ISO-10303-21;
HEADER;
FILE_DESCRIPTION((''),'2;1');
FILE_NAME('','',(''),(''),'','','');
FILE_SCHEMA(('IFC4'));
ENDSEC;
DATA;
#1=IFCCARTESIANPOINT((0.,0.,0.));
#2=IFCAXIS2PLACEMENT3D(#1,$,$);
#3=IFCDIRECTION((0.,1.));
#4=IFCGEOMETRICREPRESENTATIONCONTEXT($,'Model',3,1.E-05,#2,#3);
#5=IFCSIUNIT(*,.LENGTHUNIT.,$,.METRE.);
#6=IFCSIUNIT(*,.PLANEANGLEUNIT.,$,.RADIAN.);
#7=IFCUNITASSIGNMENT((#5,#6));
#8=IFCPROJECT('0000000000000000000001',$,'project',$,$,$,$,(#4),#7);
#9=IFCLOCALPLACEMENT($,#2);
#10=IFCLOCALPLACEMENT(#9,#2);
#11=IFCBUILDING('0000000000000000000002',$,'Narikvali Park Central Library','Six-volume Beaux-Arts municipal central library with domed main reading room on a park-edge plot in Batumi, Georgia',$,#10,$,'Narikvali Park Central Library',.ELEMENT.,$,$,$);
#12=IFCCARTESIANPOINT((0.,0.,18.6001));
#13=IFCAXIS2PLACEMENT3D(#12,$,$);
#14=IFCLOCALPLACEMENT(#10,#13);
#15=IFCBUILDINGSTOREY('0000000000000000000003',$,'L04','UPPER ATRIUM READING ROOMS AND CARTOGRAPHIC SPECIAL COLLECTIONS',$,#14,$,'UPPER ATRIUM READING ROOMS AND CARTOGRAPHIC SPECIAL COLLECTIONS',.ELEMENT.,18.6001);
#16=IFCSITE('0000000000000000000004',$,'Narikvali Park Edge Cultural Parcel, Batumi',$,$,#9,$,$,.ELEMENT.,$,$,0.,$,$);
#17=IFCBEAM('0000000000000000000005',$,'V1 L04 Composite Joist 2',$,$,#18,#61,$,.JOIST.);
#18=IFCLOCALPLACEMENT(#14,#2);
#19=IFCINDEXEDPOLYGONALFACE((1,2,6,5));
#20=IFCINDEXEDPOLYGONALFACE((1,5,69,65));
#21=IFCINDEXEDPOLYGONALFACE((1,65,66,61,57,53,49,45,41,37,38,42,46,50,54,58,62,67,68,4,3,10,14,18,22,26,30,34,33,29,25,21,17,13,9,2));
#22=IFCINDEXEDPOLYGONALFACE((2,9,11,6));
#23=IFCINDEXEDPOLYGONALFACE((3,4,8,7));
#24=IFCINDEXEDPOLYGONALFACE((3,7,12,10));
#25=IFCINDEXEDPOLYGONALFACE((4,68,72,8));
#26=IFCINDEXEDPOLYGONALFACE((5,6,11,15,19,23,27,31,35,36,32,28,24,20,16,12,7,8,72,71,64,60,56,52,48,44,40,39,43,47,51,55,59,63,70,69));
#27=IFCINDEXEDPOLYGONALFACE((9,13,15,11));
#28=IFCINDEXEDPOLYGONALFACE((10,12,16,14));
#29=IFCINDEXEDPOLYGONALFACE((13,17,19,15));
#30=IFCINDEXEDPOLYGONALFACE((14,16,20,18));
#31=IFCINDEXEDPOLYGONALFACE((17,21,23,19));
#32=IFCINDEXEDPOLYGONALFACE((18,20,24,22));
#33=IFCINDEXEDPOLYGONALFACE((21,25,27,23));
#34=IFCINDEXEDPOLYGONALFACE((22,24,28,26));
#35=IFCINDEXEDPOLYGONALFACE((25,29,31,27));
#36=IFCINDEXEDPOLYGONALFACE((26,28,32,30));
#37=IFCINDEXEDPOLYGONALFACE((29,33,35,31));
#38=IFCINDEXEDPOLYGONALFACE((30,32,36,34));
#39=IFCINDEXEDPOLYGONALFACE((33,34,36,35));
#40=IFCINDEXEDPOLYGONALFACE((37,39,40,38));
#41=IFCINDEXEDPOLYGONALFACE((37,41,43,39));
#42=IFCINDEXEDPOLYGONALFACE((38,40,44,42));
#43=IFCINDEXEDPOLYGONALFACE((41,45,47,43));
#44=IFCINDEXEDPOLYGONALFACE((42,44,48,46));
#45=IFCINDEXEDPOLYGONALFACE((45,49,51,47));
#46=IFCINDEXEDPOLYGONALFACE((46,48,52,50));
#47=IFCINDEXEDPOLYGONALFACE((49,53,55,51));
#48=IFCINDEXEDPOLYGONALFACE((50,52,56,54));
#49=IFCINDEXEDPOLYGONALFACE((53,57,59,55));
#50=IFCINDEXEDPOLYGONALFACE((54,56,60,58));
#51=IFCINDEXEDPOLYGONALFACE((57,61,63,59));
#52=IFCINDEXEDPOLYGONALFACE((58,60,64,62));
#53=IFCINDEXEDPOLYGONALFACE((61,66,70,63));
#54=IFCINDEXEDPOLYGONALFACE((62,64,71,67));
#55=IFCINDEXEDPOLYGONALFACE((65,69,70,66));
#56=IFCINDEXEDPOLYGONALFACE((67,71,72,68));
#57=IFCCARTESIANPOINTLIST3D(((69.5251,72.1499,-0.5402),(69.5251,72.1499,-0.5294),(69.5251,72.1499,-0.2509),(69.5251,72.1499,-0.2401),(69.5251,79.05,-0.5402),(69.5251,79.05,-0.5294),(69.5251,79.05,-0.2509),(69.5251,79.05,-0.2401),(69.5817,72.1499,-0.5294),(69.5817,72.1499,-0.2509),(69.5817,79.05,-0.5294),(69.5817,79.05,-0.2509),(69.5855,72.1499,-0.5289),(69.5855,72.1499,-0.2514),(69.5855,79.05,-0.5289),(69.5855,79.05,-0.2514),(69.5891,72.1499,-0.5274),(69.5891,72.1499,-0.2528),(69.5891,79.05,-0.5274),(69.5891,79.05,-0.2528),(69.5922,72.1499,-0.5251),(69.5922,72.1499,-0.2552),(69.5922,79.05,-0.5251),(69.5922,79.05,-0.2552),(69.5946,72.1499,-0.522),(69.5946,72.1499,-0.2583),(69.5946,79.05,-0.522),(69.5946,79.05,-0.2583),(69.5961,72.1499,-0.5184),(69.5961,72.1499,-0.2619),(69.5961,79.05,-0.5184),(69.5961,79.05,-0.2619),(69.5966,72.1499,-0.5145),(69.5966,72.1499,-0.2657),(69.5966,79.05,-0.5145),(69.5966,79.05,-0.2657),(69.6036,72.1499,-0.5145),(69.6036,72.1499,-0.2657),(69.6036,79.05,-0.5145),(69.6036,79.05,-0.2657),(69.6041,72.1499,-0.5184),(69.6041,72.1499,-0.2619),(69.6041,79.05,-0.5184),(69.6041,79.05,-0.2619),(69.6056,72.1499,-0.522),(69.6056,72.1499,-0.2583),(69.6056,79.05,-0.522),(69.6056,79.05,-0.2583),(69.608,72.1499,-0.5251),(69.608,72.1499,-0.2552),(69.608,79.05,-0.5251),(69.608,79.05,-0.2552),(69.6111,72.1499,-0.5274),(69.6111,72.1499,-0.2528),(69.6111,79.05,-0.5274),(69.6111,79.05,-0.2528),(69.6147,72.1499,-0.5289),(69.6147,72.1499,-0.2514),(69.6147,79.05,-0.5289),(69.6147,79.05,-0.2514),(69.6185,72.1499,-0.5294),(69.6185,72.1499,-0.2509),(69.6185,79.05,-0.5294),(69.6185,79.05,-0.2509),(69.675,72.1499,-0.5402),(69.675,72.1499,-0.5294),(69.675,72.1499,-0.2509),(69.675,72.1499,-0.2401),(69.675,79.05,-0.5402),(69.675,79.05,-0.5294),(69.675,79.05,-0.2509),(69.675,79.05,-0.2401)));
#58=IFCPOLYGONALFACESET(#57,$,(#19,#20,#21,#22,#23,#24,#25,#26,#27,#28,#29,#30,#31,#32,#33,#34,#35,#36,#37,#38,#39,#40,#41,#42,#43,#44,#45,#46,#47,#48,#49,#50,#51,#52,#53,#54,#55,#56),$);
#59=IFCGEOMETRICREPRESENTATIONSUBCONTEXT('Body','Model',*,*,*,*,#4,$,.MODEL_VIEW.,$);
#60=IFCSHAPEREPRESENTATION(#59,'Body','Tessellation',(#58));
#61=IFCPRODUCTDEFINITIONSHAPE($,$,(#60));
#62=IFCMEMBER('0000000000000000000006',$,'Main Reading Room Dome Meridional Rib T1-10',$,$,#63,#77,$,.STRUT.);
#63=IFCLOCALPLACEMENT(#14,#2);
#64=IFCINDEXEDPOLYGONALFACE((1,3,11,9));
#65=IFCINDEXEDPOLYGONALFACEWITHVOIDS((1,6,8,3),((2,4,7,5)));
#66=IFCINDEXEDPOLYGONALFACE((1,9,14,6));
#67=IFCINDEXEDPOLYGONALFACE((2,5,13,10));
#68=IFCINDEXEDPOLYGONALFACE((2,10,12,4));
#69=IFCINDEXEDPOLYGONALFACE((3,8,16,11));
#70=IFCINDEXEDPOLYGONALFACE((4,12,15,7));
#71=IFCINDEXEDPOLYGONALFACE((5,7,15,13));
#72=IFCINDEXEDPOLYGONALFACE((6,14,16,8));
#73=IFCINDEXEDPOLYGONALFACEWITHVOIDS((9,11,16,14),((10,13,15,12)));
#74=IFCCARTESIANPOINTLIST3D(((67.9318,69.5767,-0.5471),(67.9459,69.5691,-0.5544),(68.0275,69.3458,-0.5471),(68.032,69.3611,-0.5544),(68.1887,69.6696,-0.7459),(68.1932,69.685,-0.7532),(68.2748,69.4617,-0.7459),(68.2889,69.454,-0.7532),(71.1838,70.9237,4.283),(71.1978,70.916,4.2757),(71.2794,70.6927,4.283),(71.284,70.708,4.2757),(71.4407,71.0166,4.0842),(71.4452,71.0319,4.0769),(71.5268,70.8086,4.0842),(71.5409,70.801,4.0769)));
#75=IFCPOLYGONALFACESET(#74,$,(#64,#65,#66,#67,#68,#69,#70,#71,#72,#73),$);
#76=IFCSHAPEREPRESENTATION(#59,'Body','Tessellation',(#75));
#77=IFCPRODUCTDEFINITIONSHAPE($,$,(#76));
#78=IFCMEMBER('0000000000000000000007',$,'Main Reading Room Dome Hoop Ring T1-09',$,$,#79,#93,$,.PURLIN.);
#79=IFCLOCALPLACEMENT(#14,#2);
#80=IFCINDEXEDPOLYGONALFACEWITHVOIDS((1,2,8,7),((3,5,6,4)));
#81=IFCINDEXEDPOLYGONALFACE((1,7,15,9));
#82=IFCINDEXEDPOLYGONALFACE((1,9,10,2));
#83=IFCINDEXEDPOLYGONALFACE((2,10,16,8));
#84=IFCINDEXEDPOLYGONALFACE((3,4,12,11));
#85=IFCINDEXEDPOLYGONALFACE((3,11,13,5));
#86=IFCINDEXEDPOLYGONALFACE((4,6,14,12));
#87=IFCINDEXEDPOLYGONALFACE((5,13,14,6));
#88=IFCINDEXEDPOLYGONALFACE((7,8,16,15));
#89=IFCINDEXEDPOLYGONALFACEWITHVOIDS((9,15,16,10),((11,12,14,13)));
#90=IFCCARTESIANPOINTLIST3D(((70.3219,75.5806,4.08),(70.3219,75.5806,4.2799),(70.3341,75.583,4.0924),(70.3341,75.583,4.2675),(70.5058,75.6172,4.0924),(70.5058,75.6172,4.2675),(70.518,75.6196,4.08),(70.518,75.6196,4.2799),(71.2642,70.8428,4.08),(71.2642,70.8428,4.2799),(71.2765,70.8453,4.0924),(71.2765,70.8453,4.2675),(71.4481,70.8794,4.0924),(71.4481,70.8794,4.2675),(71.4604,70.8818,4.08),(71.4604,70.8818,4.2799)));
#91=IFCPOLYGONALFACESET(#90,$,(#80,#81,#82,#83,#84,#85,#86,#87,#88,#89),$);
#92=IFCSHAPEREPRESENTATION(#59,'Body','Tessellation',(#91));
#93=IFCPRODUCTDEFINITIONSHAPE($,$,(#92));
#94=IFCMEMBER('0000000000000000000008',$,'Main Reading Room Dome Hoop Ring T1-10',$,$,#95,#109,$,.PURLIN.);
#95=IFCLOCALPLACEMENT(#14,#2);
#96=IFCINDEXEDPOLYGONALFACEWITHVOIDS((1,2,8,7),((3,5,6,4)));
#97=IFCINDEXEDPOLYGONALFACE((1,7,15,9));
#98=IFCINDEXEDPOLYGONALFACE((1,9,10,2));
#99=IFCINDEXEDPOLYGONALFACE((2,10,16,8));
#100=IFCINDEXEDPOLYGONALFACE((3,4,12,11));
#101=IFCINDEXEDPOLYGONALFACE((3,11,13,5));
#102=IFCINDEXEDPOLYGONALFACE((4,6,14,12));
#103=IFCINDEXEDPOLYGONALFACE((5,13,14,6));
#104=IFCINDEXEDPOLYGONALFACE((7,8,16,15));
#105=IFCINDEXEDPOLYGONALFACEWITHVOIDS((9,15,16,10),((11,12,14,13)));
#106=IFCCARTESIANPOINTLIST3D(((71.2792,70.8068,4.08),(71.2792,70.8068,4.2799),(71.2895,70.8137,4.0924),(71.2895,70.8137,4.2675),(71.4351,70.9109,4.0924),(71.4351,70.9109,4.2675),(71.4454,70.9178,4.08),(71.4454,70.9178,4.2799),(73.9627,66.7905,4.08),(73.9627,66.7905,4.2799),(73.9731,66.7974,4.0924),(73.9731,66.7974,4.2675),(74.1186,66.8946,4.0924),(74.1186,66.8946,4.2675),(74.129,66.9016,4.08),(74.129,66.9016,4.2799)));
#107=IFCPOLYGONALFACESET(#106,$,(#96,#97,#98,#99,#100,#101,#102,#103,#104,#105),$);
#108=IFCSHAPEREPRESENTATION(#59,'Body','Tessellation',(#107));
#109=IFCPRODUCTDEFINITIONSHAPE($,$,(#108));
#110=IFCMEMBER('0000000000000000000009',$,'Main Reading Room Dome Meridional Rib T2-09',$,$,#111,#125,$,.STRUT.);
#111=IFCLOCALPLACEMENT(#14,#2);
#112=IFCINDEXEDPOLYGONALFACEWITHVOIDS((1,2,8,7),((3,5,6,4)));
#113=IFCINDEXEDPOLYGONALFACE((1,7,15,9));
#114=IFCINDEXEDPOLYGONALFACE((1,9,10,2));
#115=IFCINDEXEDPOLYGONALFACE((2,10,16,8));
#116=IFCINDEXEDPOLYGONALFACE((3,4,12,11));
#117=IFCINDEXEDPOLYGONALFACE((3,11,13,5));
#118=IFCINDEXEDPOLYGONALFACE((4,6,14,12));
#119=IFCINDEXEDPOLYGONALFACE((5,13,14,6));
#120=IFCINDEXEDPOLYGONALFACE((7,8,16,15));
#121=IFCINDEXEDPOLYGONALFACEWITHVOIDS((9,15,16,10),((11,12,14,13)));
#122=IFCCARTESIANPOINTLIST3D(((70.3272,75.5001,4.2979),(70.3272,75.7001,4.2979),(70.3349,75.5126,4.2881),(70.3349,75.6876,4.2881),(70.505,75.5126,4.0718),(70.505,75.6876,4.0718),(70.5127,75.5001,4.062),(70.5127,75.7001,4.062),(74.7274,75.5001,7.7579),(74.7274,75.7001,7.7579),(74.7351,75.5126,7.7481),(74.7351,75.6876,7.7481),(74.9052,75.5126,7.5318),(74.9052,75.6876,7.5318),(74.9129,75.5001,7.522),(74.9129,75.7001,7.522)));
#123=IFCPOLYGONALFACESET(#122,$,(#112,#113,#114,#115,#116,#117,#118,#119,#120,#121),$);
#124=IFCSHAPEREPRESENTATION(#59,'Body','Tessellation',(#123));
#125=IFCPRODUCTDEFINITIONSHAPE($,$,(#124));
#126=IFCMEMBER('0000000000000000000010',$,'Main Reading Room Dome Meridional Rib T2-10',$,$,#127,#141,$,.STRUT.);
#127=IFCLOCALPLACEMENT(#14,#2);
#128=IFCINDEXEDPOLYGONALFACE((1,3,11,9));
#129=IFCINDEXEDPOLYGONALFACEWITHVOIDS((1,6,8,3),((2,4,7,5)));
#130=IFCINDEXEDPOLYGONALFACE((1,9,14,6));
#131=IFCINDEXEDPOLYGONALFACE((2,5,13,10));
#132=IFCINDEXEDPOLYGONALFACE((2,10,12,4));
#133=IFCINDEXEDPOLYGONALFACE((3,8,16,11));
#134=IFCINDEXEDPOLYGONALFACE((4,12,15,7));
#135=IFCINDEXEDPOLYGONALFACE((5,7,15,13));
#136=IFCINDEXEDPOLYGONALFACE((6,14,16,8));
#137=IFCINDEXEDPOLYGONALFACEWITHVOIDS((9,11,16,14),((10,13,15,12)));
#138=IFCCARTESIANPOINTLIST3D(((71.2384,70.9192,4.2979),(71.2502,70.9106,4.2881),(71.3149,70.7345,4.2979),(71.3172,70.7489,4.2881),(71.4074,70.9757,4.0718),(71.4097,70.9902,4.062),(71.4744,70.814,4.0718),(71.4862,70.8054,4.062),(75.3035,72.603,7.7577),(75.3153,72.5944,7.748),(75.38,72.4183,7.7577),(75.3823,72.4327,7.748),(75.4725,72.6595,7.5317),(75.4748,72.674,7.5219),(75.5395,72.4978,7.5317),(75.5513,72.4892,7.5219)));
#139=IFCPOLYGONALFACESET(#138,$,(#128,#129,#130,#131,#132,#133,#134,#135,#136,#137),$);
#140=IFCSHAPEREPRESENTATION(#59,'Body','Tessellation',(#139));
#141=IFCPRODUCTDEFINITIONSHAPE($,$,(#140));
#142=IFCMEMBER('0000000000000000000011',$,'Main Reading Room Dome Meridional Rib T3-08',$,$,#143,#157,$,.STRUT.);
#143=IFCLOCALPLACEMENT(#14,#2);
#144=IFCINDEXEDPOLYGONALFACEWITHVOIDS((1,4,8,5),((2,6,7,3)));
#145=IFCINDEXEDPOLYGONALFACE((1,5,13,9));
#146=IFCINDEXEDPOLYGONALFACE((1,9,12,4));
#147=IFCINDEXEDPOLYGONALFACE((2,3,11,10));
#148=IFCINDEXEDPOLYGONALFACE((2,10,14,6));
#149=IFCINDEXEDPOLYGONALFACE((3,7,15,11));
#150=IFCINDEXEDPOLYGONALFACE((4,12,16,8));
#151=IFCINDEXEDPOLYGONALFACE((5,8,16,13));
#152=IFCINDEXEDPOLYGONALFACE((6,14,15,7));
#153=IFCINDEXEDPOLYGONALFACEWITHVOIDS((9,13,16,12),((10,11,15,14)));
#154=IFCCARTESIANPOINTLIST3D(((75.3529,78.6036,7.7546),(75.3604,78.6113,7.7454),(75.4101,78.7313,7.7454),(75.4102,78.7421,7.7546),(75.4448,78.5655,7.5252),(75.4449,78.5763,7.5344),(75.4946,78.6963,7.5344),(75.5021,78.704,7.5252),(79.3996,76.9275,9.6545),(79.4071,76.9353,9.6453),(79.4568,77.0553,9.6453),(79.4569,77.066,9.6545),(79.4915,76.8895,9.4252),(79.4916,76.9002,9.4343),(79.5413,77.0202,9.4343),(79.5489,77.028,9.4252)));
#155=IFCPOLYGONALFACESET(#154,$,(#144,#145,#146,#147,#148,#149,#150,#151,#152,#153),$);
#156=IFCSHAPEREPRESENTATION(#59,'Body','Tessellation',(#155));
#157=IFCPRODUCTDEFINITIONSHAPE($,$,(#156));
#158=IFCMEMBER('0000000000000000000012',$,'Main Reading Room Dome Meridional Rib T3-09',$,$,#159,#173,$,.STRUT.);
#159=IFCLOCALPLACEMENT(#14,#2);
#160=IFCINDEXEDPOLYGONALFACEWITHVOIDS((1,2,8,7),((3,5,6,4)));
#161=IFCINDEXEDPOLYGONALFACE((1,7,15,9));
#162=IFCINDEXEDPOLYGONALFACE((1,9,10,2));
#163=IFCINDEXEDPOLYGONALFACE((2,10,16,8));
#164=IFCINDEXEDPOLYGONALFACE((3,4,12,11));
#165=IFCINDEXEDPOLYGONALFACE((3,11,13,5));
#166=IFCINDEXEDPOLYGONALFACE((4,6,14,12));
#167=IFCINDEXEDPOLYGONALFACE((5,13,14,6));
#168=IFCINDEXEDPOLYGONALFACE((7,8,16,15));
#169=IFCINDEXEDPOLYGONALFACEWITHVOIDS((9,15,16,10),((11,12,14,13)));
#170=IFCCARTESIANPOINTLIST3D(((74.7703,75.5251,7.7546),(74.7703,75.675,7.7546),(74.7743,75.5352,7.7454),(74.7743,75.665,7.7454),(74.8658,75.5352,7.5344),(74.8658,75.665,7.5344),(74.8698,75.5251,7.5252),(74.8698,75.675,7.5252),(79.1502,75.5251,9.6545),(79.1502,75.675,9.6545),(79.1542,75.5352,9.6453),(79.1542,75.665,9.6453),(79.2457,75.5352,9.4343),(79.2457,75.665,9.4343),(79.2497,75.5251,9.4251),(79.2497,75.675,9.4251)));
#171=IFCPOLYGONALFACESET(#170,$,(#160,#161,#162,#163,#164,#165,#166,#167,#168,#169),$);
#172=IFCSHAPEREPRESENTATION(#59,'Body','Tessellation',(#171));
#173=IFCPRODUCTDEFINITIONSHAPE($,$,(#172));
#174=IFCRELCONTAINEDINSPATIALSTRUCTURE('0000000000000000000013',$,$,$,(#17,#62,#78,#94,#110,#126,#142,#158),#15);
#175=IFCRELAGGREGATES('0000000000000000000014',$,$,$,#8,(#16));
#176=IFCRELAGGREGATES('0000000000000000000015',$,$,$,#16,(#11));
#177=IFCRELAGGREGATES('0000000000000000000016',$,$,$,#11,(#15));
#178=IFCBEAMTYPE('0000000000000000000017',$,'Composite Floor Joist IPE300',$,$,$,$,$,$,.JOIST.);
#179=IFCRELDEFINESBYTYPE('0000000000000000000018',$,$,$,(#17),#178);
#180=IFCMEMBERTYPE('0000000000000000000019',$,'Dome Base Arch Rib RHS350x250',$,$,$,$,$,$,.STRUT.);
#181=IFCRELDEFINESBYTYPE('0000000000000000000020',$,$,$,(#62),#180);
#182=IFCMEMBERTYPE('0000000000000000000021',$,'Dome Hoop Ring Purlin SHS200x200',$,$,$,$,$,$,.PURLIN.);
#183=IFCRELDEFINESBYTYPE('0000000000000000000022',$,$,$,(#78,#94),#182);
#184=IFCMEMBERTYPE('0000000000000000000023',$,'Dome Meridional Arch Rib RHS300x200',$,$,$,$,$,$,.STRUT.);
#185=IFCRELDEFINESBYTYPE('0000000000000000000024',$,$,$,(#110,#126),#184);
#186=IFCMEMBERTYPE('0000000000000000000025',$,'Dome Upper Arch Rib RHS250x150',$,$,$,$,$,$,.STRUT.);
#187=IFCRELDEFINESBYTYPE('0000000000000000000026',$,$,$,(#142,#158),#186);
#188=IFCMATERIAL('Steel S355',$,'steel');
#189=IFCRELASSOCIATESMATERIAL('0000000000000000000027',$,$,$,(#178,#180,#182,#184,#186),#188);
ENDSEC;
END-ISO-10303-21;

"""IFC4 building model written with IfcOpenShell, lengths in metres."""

from ifc_helpers import new_model, si_unit, direction, frame, origin, origin_2d, place, context, subcontext, project, spatial, hollow_rectangle, i_section, extrude, material, material_profile, profile_set, type_object, element, save


model = new_model("IFC4")

# Units and contexts
model_context = context("Model", 3, precision=1e-05, world=origin(), true_north=direction((0.0, 1.0)))
body_context = subcontext(model_context, "Body", "Model", "MODEL_VIEW")
ifc_project = project(units=[si_unit("LENGTHUNIT", "METRE"), si_unit("PLANEANGLEUNIT", "RADIAN")], contexts=[model_context])

# Site, building, storey
site_placement = place(None, origin())
site = spatial("IfcSite", under=ifc_project, at=site_placement, Name="Narikvali Park Edge Cultural Parcel, Batumi", CompositionType="ELEMENT", RefElevation=0.0)
building_placement = place(site_placement, origin())
building = spatial("IfcBuilding", under=site, at=building_placement, Name="Narikvali Park Central Library", Description="Six-volume Beaux-Arts municipal central library with domed main reading room on a park-edge plot in Batumi, Georgia", LongName="Narikvali Park Central Library", CompositionType="ELEMENT")
storey_placement = place(building_placement, frame((0.0, 0.0, 18.6001)))
storey = spatial("IfcBuildingStorey", under=building, at=storey_placement, Name="L04", Description="UPPER ATRIUM READING ROOMS AND CARTOGRAPHIC SPECIAL COLLECTIONS", LongName="UPPER ATRIUM READING ROOMS AND CARTOGRAPHIC SPECIAL COLLECTIONS", CompositionType="ELEMENT", Elevation=18.6001)

# Beam
ifc_material_1 = material(Name="Steel S355", Category="steel")
ifc_material_profile_1 = material_profile(ifc_material_1, i_section(OverallWidth=0.1499, OverallDepth=0.3, WebThickness=0.0071, FlangeThickness=0.0107, FilletRadius=0.0149, at=origin_2d()), Name="IPE 300")
ifc_profile_set_1 = profile_set([ifc_material_profile_1], Name="Steel S355")
beam_type = type_object("IfcBeamType", Name="Composite Floor Joist IPE300", PredefinedType="JOIST", material=ifc_profile_set_1)
beam_placement = place(storey_placement, frame((69.6001, 72.1499, -0.3901), z_axis=(0.0, 1.0, 0.0), x_axis=(-1.0, 0.0, 0.0)))
element("IfcBeam", 1, at=beam_placement, inside=storey, type_object=beam_type, Name="V1 L04 Composite Joist 2", PredefinedType="JOIST", context=body_context, shape_type="SweptSolid", body=[
    extrude(i_section(OverallWidth=0.1499, OverallDepth=0.3, WebThickness=0.0071, FlangeThickness=0.0107, FilletRadius=0.0149, at=origin_2d()), origin(), (0.0, 0.0, 1.0), 6.9001),
])

# Members
ifc_material_profile_2 = material_profile(ifc_material_1, hollow_rectangle(XDim=0.25, YDim=0.3501, WallThickness=0.0125, at=origin_2d()), Name="RHS 350x250x12.5")
ifc_profile_set_2 = profile_set([ifc_material_profile_2], Name="Steel S355")
member_type_1 = type_object("IfcMemberType", Name="Dome Base Arch Rib RHS350x250", PredefinedType="STRUT", material=ifc_profile_set_2)
member_1_placement = place(storey_placement, frame((68.1104, 69.5154, -0.6501), z_axis=(0.544119, 0.225368, 0.808173), x_axis=(-0.382664, 0.923887, 0.0)))
element("IfcMember", 2, at=member_1_placement, inside=storey, type_object=member_type_1, Name="Main Reading Room Dome Meridional Rib T1-10", PredefinedType="STRUT", context=body_context, shape_type="SweptSolid", body=[
    extrude(hollow_rectangle(XDim=0.25, YDim=0.3501, WallThickness=0.0125, at=origin_2d()), origin(), (0.0, 0.0, 1.0), 5.9766),
])
ifc_material_profile_3 = material_profile(ifc_material_1, hollow_rectangle(XDim=0.2, YDim=0.2, WallThickness=0.0125, at=origin_2d()), Name="SHS 200x200x12.5")
ifc_profile_set_3 = profile_set([ifc_material_profile_3], Name="Steel S355")
member_type_2 = type_object("IfcMemberType", Name="Dome Hoop Ring Purlin SHS200x200", PredefinedType="PURLIN", material=ifc_profile_set_3)
member_2_placement = place(storey_placement, frame((70.4199, 75.6001, 4.1799), z_axis=(0.195086, -0.980786, 0.0), x_axis=(0.980786, 0.195086, 0.0)))
element("IfcMember", 3, at=member_2_placement, inside=storey, type_object=member_type_2, Name="Main Reading Room Dome Hoop Ring T1-09", PredefinedType="PURLIN", context=body_context, shape_type="SweptSolid", body=[
    extrude(hollow_rectangle(XDim=0.2, YDim=0.2, WallThickness=0.0125, at=origin_2d()), origin(), (0.0, 0.0, 1.0), 4.8306),
])
member_3_placement = place(storey_placement, frame((71.3623, 70.8623, 4.1799), z_axis=(0.555563, -0.831474, 0.0), x_axis=(0.831474, 0.555563, 0.0)))
element("IfcMember", 4, at=member_3_placement, inside=storey, type_object=member_type_2, Name="Main Reading Room Dome Hoop Ring T1-10", PredefinedType="PURLIN", context=body_context, shape_type="SweptSolid", body=[
    extrude(hollow_rectangle(XDim=0.2, YDim=0.2, WallThickness=0.0125, at=origin_2d()), origin(), (0.0, 0.0, 1.0), 4.8303),
])
ifc_material_profile_4 = material_profile(ifc_material_1, hollow_rectangle(XDim=0.2, YDim=0.3, WallThickness=0.0125, at=origin_2d()), Name="RHS 300x200x12.5")
ifc_profile_set_4 = profile_set([ifc_material_profile_4], Name="Steel S355")
member_type_3 = type_object("IfcMemberType", Name="Dome Meridional Arch Rib RHS300x200", PredefinedType="STRUT", material=ifc_profile_set_4)
member_4_placement = place(storey_placement, frame((70.4199, 75.6001, 4.1799), z_axis=(0.786084, 0.0, 0.61812), x_axis=(0.0, 1.0, 0.0)))
element("IfcMember", 5, at=member_4_placement, inside=storey, type_object=member_type_3, Name="Main Reading Room Dome Meridional Rib T2-09", PredefinedType="STRUT", context=body_context, shape_type="SweptSolid", body=[
    extrude(hollow_rectangle(XDim=0.2, YDim=0.3, WallThickness=0.0125, at=origin_2d()), origin(), (0.0, 0.0, 1.0), 5.5977),
])
member_5_placement = place(storey_placement, frame((71.3623, 70.8623, 4.1799), z_axis=(0.726246, 0.300818, 0.618122), x_axis=(-0.38268, 0.923881, 0.0)))
element("IfcMember", 6, at=member_5_placement, inside=storey, type_object=member_type_3, Name="Main Reading Room Dome Meridional Rib T2-10", PredefinedType="STRUT", context=body_context, shape_type="SweptSolid", body=[
    extrude(hollow_rectangle(XDim=0.2, YDim=0.3, WallThickness=0.0125, at=origin_2d()), origin(), (0.0, 0.0, 1.0), 5.5974),
])
ifc_material_profile_5 = material_profile(ifc_material_1, hollow_rectangle(XDim=0.1499, YDim=0.25, WallThickness=0.01, at=origin_2d()), Name="RHS 250x150x10")
ifc_profile_set_5 = profile_set([ifc_material_profile_5], Name="Steel S355")
member_type_4 = type_object("IfcMemberType", Name="Dome Upper Arch Rib RHS250x150", PredefinedType="STRUT", material=ifc_profile_set_5)
member_6_placement = place(storey_placement, frame((75.4275, 78.6538, 7.6399), z_axis=(0.847587, -0.351052, 0.397944), x_axis=(0.382655, 0.923891, 0.0)))
element("IfcMember", 7, at=member_6_placement, inside=storey, type_object=member_type_4, Name="Main Reading Room Dome Meridional Rib T3-08", PredefinedType="STRUT", context=body_context, shape_type="SweptSolid", body=[
    extrude(hollow_rectangle(XDim=0.1499, YDim=0.25, WallThickness=0.01, at=origin_2d()), origin(), (0.0, 0.0, 1.0), 4.7744),
])
member_7_placement = place(storey_placement, frame((74.8201, 75.6001, 7.6399), z_axis=(0.917406, 0.0, 0.397952), x_axis=(0.0, 1.0, 0.0)))
element("IfcMember", 8, at=member_7_placement, inside=storey, type_object=member_type_4, Name="Main Reading Room Dome Meridional Rib T3-09", PredefinedType="STRUT", context=body_context, shape_type="SweptSolid", body=[
    extrude(hollow_rectangle(XDim=0.1499, YDim=0.25, WallThickness=0.01, at=origin_2d()), origin(), (0.0, 0.0, 1.0), 4.7742),
])

save(model, "model.ifc")
